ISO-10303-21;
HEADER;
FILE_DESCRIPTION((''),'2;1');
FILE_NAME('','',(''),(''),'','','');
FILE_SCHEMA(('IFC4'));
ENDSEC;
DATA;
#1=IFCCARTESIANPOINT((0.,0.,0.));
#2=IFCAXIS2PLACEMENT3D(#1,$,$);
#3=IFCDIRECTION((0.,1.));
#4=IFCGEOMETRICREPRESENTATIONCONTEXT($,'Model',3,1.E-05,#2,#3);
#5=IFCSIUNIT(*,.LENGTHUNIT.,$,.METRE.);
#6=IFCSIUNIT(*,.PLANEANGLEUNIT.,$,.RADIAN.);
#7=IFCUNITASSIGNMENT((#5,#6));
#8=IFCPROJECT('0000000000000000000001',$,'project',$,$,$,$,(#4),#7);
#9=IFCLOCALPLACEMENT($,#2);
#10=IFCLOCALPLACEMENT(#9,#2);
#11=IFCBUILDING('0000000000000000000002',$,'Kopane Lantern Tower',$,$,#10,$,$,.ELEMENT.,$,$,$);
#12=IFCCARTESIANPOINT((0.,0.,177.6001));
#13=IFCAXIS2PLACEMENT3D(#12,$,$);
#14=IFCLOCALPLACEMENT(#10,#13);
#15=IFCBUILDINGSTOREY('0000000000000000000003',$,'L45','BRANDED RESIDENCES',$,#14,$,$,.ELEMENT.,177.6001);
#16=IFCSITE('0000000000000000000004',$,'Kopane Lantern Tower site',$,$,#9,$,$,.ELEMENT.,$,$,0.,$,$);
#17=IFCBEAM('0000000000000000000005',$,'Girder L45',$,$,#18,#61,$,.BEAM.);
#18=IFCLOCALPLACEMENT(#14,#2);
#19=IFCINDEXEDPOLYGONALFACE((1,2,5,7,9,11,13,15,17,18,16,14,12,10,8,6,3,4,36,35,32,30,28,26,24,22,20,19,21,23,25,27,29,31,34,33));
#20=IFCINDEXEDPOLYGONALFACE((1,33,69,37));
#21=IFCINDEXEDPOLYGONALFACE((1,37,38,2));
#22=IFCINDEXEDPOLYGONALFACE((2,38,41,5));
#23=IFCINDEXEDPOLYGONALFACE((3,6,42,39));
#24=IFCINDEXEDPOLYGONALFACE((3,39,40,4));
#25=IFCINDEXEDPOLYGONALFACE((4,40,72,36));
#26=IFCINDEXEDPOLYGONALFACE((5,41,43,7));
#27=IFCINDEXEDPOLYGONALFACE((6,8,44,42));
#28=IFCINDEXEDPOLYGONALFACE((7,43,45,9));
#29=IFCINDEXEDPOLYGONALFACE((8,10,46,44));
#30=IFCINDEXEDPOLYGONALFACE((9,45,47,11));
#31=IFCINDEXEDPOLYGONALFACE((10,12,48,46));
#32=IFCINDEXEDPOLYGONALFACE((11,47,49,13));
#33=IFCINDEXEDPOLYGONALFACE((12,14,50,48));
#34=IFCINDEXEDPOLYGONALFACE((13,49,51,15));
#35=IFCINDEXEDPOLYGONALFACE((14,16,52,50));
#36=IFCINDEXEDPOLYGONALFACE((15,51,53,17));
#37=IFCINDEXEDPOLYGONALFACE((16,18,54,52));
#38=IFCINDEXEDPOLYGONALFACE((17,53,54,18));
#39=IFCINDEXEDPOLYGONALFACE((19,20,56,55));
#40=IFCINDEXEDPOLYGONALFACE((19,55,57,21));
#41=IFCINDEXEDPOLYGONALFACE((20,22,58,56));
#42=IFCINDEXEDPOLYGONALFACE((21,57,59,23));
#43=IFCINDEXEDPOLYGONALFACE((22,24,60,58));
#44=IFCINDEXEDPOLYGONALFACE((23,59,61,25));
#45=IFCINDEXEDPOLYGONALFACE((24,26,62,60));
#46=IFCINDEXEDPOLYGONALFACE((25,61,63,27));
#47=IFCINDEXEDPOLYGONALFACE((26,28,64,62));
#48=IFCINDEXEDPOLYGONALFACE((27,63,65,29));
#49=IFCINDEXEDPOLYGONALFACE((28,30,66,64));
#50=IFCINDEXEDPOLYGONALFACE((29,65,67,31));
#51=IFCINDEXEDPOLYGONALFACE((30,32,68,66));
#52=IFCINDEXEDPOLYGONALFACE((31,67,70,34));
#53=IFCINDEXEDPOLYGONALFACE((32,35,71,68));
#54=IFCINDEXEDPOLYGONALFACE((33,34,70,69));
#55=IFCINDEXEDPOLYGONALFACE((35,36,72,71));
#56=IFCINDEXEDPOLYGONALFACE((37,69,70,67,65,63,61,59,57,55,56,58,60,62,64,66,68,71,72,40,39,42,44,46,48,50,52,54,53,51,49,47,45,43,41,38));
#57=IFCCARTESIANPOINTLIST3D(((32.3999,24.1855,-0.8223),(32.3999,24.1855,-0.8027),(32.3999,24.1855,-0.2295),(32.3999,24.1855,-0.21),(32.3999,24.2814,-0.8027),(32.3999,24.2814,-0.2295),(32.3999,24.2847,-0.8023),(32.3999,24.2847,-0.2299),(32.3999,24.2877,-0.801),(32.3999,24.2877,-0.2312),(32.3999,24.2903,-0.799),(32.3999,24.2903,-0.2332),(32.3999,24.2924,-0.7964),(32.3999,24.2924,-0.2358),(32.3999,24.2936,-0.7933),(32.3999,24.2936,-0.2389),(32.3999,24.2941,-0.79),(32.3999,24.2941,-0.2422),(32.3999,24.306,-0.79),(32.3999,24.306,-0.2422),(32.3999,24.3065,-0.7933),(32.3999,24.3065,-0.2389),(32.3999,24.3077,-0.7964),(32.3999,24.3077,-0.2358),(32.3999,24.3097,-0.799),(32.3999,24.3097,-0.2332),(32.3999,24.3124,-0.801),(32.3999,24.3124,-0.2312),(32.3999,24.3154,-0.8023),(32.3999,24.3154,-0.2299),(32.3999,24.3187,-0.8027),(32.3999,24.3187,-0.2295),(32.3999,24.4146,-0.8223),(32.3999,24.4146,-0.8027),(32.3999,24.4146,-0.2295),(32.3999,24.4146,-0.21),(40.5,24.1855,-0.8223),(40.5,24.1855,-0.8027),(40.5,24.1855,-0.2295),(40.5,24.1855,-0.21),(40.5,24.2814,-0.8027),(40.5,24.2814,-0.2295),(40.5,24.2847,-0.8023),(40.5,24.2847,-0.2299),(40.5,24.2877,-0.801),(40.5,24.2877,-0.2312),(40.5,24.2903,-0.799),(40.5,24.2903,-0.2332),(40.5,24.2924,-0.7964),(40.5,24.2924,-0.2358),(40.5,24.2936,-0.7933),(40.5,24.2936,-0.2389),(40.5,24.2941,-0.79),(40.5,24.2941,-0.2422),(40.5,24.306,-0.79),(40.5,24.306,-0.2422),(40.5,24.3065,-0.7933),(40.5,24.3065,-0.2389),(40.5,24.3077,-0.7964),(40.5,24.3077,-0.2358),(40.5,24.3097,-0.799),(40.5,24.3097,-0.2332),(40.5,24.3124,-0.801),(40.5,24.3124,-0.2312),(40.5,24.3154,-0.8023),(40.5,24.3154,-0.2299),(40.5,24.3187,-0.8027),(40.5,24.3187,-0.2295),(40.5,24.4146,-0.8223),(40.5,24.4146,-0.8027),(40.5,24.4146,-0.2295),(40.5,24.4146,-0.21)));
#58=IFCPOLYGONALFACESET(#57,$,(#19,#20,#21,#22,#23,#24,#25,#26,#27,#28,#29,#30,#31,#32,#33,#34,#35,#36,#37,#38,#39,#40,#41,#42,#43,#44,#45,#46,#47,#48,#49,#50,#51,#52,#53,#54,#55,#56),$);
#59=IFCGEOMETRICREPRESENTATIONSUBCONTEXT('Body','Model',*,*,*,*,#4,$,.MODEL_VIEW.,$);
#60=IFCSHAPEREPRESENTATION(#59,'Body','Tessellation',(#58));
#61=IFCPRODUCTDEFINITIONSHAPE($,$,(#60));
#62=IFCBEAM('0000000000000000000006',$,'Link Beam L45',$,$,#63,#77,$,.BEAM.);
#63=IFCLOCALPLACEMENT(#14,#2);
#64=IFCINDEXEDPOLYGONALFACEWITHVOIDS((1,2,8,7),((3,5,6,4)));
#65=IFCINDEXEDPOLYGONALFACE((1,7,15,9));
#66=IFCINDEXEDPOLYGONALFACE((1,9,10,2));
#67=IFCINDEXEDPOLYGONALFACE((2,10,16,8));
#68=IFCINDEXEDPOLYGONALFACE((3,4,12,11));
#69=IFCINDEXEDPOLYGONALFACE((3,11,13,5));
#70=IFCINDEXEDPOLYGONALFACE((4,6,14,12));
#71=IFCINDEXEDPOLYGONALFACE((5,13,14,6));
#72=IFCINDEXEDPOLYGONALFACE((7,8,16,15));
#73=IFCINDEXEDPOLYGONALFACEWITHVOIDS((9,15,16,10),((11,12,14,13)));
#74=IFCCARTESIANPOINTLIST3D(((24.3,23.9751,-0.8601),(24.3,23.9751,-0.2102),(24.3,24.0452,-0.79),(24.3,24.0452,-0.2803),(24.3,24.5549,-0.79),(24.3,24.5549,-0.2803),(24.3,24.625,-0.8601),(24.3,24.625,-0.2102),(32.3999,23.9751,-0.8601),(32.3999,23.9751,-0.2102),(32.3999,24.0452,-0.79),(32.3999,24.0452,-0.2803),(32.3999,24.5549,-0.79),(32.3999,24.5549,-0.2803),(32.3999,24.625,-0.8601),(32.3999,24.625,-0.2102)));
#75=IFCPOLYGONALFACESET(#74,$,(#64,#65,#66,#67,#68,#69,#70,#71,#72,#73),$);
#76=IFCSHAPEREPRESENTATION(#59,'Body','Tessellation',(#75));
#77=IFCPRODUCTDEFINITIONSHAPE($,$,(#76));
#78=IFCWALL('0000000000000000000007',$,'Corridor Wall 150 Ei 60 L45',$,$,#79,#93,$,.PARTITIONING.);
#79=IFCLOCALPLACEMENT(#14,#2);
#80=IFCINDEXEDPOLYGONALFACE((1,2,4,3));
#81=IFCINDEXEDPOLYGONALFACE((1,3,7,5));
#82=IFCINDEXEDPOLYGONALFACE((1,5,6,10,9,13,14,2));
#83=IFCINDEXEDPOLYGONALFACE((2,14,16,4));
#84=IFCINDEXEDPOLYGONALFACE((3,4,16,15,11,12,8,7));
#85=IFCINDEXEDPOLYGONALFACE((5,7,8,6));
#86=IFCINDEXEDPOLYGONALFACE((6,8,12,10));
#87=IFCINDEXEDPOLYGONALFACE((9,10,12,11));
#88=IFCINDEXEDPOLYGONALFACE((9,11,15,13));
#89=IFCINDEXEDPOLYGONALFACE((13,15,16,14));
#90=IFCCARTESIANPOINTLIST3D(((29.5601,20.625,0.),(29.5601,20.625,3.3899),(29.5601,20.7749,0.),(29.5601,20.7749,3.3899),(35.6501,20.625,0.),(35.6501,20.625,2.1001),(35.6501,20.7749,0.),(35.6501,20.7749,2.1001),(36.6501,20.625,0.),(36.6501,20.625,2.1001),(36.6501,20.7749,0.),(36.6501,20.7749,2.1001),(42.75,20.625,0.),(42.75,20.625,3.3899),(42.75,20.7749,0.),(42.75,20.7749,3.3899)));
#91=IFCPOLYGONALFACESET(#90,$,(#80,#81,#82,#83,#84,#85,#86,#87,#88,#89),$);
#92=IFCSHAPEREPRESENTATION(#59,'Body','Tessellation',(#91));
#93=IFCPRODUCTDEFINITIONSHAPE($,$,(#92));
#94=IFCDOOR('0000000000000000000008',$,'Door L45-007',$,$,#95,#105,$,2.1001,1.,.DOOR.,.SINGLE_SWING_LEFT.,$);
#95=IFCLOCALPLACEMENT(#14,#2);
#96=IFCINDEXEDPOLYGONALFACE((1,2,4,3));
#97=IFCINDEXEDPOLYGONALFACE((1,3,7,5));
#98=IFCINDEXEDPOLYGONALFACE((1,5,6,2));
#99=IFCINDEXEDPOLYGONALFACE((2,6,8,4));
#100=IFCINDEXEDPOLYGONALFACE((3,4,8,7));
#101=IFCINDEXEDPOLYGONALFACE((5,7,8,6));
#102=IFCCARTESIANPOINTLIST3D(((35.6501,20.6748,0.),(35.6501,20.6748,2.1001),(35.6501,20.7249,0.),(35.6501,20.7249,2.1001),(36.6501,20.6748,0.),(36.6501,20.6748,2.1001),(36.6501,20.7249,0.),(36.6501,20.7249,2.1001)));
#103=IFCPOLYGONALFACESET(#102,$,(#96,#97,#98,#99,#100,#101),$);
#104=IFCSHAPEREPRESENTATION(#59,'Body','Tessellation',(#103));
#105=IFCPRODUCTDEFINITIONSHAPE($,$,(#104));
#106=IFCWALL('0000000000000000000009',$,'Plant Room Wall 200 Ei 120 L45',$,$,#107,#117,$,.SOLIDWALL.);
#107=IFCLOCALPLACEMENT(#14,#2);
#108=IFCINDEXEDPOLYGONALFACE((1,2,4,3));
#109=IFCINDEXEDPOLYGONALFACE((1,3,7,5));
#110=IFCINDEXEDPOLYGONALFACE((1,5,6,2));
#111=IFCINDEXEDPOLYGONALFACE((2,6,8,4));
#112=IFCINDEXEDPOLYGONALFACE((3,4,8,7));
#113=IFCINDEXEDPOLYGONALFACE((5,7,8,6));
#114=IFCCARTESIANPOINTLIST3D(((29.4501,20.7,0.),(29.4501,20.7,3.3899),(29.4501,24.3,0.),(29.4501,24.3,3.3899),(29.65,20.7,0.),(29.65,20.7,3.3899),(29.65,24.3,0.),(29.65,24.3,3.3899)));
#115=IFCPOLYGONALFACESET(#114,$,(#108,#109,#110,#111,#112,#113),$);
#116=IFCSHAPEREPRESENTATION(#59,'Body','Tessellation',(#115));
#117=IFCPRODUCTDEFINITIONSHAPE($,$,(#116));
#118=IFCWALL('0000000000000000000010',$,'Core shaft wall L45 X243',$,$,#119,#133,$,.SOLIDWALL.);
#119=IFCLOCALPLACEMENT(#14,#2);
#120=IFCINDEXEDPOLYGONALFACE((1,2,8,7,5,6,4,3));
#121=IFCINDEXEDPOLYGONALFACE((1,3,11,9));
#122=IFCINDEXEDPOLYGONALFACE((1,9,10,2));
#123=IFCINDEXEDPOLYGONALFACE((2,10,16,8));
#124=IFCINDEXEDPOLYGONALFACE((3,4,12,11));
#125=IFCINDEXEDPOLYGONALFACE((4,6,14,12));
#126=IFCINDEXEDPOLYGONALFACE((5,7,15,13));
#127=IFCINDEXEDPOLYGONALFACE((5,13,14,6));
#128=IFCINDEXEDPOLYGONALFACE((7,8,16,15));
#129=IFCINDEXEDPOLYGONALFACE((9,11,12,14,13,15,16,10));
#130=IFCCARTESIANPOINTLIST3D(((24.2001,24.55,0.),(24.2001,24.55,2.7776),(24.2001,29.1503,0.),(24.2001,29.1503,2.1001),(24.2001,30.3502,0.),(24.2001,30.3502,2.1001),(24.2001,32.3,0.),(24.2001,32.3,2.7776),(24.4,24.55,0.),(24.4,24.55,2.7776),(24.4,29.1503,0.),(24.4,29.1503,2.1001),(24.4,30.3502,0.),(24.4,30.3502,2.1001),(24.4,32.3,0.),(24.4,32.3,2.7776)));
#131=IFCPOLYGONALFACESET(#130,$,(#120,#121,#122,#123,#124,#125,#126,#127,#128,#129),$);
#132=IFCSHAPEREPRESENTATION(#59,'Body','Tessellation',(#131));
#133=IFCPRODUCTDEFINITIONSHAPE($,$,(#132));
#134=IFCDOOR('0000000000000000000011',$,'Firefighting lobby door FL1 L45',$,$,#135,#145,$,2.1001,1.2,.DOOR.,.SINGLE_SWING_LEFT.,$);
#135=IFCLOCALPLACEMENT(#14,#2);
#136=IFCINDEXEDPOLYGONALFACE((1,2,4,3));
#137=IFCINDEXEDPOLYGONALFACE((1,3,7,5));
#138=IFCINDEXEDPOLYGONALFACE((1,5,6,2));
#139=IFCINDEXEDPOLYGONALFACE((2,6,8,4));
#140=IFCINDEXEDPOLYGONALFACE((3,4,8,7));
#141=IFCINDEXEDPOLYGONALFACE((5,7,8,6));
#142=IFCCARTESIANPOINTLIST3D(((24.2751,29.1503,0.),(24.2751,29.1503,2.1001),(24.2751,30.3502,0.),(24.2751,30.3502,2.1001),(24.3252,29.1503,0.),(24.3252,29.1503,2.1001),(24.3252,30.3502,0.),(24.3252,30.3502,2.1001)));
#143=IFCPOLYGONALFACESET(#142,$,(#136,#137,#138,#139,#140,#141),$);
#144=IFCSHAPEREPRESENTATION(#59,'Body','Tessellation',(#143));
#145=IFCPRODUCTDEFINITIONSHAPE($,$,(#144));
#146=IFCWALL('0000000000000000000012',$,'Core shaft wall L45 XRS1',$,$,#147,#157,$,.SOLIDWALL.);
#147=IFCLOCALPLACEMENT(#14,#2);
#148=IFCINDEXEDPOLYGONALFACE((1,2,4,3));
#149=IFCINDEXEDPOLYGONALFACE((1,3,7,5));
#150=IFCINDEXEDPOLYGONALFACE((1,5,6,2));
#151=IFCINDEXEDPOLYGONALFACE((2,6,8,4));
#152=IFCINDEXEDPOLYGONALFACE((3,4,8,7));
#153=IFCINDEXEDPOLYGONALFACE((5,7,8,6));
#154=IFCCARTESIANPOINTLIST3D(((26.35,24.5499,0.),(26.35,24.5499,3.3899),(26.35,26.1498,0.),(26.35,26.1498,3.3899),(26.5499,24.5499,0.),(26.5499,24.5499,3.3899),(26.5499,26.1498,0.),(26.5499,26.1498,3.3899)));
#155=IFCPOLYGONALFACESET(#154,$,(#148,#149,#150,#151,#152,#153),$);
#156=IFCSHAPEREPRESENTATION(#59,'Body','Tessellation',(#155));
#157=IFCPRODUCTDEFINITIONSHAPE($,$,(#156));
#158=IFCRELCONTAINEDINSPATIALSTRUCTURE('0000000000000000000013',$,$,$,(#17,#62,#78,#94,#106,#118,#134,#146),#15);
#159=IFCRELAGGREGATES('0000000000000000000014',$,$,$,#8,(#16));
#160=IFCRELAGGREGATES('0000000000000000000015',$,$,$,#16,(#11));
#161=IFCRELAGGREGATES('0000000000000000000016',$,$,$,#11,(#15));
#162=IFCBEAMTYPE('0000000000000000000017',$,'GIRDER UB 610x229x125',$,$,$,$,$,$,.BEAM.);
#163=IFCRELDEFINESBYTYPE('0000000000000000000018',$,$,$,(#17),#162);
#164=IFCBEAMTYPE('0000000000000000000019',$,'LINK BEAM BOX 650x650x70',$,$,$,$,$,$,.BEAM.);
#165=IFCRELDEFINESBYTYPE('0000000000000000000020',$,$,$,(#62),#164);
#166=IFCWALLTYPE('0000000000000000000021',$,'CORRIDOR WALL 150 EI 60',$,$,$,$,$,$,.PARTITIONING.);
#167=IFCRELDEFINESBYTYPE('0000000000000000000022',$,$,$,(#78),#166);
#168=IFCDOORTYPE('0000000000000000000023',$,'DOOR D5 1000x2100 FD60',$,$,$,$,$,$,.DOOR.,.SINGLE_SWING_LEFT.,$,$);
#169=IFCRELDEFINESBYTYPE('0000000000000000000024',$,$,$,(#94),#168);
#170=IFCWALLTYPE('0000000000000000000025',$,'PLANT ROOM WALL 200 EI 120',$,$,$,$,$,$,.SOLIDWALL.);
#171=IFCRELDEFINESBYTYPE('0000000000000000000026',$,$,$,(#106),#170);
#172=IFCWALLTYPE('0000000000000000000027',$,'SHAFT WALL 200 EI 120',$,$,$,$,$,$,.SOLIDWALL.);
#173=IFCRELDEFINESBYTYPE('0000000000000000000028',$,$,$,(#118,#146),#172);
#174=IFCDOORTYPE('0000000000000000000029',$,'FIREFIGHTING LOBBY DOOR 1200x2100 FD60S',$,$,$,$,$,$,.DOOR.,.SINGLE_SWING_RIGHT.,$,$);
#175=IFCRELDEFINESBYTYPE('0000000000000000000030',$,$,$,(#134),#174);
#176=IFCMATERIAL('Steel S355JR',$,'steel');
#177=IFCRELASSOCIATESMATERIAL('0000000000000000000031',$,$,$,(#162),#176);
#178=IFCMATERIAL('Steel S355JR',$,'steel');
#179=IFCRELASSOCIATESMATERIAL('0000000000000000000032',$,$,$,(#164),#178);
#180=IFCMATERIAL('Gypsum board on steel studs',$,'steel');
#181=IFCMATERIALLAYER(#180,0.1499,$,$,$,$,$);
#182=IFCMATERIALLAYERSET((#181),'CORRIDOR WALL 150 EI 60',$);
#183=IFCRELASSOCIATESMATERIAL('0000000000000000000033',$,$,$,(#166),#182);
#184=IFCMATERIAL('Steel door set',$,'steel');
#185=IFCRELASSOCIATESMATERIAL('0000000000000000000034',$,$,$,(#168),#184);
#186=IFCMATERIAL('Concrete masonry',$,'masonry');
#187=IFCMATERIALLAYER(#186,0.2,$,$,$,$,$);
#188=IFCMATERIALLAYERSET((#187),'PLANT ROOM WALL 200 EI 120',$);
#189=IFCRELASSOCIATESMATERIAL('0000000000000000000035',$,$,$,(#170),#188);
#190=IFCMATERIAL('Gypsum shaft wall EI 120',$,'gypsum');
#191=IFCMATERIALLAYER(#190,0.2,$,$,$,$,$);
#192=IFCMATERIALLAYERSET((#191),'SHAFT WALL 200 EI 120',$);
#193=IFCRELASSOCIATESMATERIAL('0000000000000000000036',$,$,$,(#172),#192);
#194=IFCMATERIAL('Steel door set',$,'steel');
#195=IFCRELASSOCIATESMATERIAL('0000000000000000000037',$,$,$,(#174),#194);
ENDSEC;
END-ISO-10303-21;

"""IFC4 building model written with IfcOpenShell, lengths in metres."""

from ifc_helpers import new_model, si_unit, direction, frame, frame_2d, origin, origin_2d, place, context, subcontext, project, spatial, rectangle, hollow_rectangle, i_section, extrude, material, layer, layer_set, material_profile, profile_set, type_object, element, fill, save


model = new_model("IFC4")

# Units and contexts
model_context = context("Model", 3, precision=1e-05, world=origin(), true_north=direction((0.0, 1.0)))
body_context = subcontext(model_context, "Body", "Model", "MODEL_VIEW")
ifc_project = project(units=[si_unit("LENGTHUNIT", "METRE"), si_unit("PLANEANGLEUNIT", "RADIAN")], contexts=[model_context])

# Site, building, storey
site_placement = place(None, origin())
site = spatial("IfcSite", under=ifc_project, at=site_placement, Name="Kopane Lantern Tower site", CompositionType="ELEMENT", RefElevation=0.0)
building_placement = place(site_placement, origin())
building = spatial("IfcBuilding", under=site, at=building_placement, Name="Kopane Lantern Tower", CompositionType="ELEMENT")
storey_placement = place(building_placement, frame((0.0, 0.0, 177.6001)))
storey = spatial("IfcBuildingStorey", under=building, at=storey_placement, Name="L45", Description="BRANDED RESIDENCES", CompositionType="ELEMENT", Elevation=177.6001)

# Beams
ifc_material_1 = material(Name="Steel S355JR", Category="steel")
ifc_material_profile_1 = material_profile(ifc_material_1, i_section(OverallWidth=0.229, OverallDepth=0.6123, WebThickness=0.012, FlangeThickness=0.0195, FilletRadius=0.0127, at=origin_2d()), Name="UB 610x229x125")
ifc_profile_set_1 = profile_set([ifc_material_profile_1], Name="Steel S355JR")
beam_type_1 = type_object("IfcBeamType", Name="GIRDER UB 610x229x125", PredefinedType="BEAM", material=ifc_profile_set_1)
beam_1_placement = place(storey_placement, frame((32.3999, 24.3, -0.5161), z_axis=(1.0, 0.0, 0.0), x_axis=(0.0, 1.0, 0.0)))
element("IfcBeam", 1, at=beam_1_placement, inside=storey, type_object=beam_type_1, Name="Girder L45", PredefinedType="BEAM", context=body_context, shape_type="SweptSolid", body=[
    extrude(i_section(OverallWidth=0.229, OverallDepth=0.6123, WebThickness=0.012, FlangeThickness=0.0195, FilletRadius=0.0127, at=origin_2d()), origin(), (0.0, 0.0, 1.0), 8.1001),
])
ifc_material_2 = material(Name="Steel S355JR", Category="steel")
ifc_material_profile_2 = material_profile(ifc_material_2, hollow_rectangle(XDim=0.6499, YDim=0.6499, WallThickness=0.0701, at=origin_2d()), Name="BOX 650x650x70")
ifc_profile_set_2 = profile_set([ifc_material_profile_2], Name="Steel S355JR")
beam_type_2 = type_object("IfcBeamType", Name="LINK BEAM BOX 650x650x70", PredefinedType="BEAM", material=ifc_profile_set_2)
beam_2_placement = place(storey_placement, frame((24.3, 24.3, -0.5352), z_axis=(1.0, 0.0, 0.0), x_axis=(0.0, 1.0, 0.0)))
element("IfcBeam", 2, at=beam_2_placement, inside=storey, type_object=beam_type_2, Name="Link Beam L45", PredefinedType="BEAM", context=body_context, shape_type="SweptSolid", body=[
    extrude(hollow_rectangle(XDim=0.6499, YDim=0.6499, WallThickness=0.0701, at=origin_2d()), origin(), (0.0, 0.0, 1.0), 8.0999),
])

# Wall, opening, door
ifc_material_3 = material(Name="Gypsum board on steel studs", Category="steel")
ifc_layer_1 = layer(ifc_material_3, 0.1499)
ifc_layer_set_1 = layer_set([ifc_layer_1], Name="CORRIDOR WALL 150 EI 60")
wall_type_1 = type_object("IfcWallType", Name="CORRIDOR WALL 150 EI 60", PredefinedType="PARTITIONING", material=ifc_layer_set_1)
wall_1_placement = place(storey_placement, frame((29.5601, 20.7, 0.0), z_axis=(0.0, 0.0, 1.0), x_axis=(1.0, 0.0, 0.0)))
wall_1 = element("IfcWall", 3, at=wall_1_placement, inside=storey, type_object=wall_type_1, Name="Corridor Wall 150 Ei 60 L45", PredefinedType="PARTITIONING", context=body_context, shape_type="SweptSolid", body=[
    extrude(rectangle(XDim=13.1899, YDim=0.1499, at=frame_2d((6.595, 0.0))), origin(), (0.0, 0.0, 1.0), 3.3899),
])
opening_1_placement = place(wall_1_placement, frame((6.0901, 0.0, 0.0)))
opening_1 = element("IfcOpeningElement", 4, at=opening_1_placement, cuts=wall_1, PredefinedType="OPENING", context=body_context, shape_type="SweptSolid", body=[
    extrude(rectangle(XDim=1.0, YDim=2.1001, at=frame_2d((0.5, 1.05))), frame((0.0, 0.085, 0.0), z_axis=(0.0, -1.0, 0.0), x_axis=(1.0, 0.0, 0.0)), (0.0, 0.0, 1.0), 0.1699),
])
ifc_material_4 = material(Name="Steel door set", Category="steel")
door_type_1 = type_object("IfcDoorType", Name="DOOR D5 1000x2100 FD60", OperationType="SINGLE_SWING_LEFT", PredefinedType="DOOR", material=ifc_material_4)
door_1_placement = place(opening_1_placement, origin())
door_1 = element("IfcDoor", 5, at=door_1_placement, inside=storey, type_object=door_type_1, Name="Door L45-007", OperationType="SINGLE_SWING_LEFT", OverallHeight=2.1001, OverallWidth=1.0, PredefinedType="DOOR", context=body_context, shape_type="SweptSolid", body=[
    extrude(rectangle(XDim=1.0, YDim=2.1001, at=frame_2d((0.5, 1.05))), frame((0.0, 0.0249, 0.0), z_axis=(0.0, -1.0, 0.0), x_axis=(1.0, 0.0, 0.0)), (0.0, 0.0, 1.0), 0.05),
])
fill(opening_1, door_1)

# Wall
ifc_material_5 = material(Name="Concrete masonry", Category="masonry")
ifc_layer_2 = layer(ifc_material_5, 0.2)
ifc_layer_set_2 = layer_set([ifc_layer_2], Name="PLANT ROOM WALL 200 EI 120")
wall_type_2 = type_object("IfcWallType", Name="PLANT ROOM WALL 200 EI 120", PredefinedType="SOLIDWALL", material=ifc_layer_set_2)
wall_2_placement = place(storey_placement, frame((29.55, 20.7, 0.0), z_axis=(0.0, 0.0, 1.0), x_axis=(0.0, 1.0, 0.0)))
element("IfcWall", 6, at=wall_2_placement, inside=storey, type_object=wall_type_2, Name="Plant Room Wall 200 Ei 120 L45", PredefinedType="SOLIDWALL", context=body_context, shape_type="SweptSolid", body=[
    extrude(rectangle(XDim=3.6001, YDim=0.2, at=frame_2d((1.8, 0.0))), origin(), (0.0, 0.0, 1.0), 3.3899),
])

# Wall, opening, door
ifc_material_6 = material(Name="Gypsum shaft wall EI 120", Category="gypsum")
ifc_layer_3 = layer(ifc_material_6, 0.2)
ifc_layer_set_3 = layer_set([ifc_layer_3], Name="SHAFT WALL 200 EI 120")
wall_type_3 = type_object("IfcWallType", Name="SHAFT WALL 200 EI 120", PredefinedType="SOLIDWALL", material=ifc_layer_set_3)
wall_3_placement = place(storey_placement, frame((24.3, 24.55, 0.0), z_axis=(0.0, 0.0, 1.0), x_axis=(0.0, 1.0, 0.0)))
wall_3 = element("IfcWall", 7, at=wall_3_placement, inside=storey, type_object=wall_type_3, Name="Core shaft wall L45 X243", PredefinedType="SOLIDWALL", context=body_context, shape_type="SweptSolid", body=[
    extrude(rectangle(XDim=7.75, YDim=0.2, at=frame_2d((3.875, 0.0))), origin(), (0.0, 0.0, 1.0), 2.7776),
])
opening_2_placement = place(wall_3_placement, frame((4.6001, 0.0, 0.0)))
opening_2 = element("IfcOpeningElement", 8, at=opening_2_placement, cuts=wall_3, PredefinedType="OPENING", context=body_context, shape_type="SweptSolid", body=[
    extrude(rectangle(XDim=1.2, YDim=2.1001, at=frame_2d((0.6001, 1.05))), frame((0.0, 0.1099, 0.0), z_axis=(0.0, -1.0, 0.0), x_axis=(1.0, 0.0, 0.0)), (0.0, 0.0, 1.0), 0.22),
])
ifc_material_7 = material(Name="Steel door set", Category="steel")
door_type_2 = type_object("IfcDoorType", Name="FIREFIGHTING LOBBY DOOR 1200x2100 FD60S", OperationType="SINGLE_SWING_RIGHT", PredefinedType="DOOR", material=ifc_material_7)
door_2_placement = place(opening_2_placement, origin())
door_2 = element("IfcDoor", 9, at=door_2_placement, inside=storey, type_object=door_type_2, Name="Firefighting lobby door FL1 L45", OperationType="SINGLE_SWING_LEFT", OverallHeight=2.1001, OverallWidth=1.2, PredefinedType="DOOR", context=body_context, shape_type="SweptSolid", body=[
    extrude(rectangle(XDim=1.2, YDim=2.1001, at=frame_2d((0.6001, 1.05))), frame((0.0, 0.0249, 0.0), z_axis=(0.0, -1.0, 0.0), x_axis=(1.0, 0.0, 0.0)), (0.0, 0.0, 1.0), 0.05),
])
fill(opening_2, door_2)

# Wall
wall_4_placement = place(storey_placement, frame((26.45, 24.55, 0.0), z_axis=(0.0, 0.0, 1.0), x_axis=(0.0, 1.0, 0.0)))
element("IfcWall", 10, at=wall_4_placement, inside=storey, type_object=wall_type_3, Name="Core shaft wall L45 XRS1", PredefinedType="SOLIDWALL", context=body_context, shape_type="SweptSolid", body=[
    extrude(rectangle(XDim=1.5999, YDim=0.2, at=frame_2d((0.7998, 0.0))), origin(), (0.0, 0.0, 1.0), 3.3899),
])

save(model, "model.ifc")
